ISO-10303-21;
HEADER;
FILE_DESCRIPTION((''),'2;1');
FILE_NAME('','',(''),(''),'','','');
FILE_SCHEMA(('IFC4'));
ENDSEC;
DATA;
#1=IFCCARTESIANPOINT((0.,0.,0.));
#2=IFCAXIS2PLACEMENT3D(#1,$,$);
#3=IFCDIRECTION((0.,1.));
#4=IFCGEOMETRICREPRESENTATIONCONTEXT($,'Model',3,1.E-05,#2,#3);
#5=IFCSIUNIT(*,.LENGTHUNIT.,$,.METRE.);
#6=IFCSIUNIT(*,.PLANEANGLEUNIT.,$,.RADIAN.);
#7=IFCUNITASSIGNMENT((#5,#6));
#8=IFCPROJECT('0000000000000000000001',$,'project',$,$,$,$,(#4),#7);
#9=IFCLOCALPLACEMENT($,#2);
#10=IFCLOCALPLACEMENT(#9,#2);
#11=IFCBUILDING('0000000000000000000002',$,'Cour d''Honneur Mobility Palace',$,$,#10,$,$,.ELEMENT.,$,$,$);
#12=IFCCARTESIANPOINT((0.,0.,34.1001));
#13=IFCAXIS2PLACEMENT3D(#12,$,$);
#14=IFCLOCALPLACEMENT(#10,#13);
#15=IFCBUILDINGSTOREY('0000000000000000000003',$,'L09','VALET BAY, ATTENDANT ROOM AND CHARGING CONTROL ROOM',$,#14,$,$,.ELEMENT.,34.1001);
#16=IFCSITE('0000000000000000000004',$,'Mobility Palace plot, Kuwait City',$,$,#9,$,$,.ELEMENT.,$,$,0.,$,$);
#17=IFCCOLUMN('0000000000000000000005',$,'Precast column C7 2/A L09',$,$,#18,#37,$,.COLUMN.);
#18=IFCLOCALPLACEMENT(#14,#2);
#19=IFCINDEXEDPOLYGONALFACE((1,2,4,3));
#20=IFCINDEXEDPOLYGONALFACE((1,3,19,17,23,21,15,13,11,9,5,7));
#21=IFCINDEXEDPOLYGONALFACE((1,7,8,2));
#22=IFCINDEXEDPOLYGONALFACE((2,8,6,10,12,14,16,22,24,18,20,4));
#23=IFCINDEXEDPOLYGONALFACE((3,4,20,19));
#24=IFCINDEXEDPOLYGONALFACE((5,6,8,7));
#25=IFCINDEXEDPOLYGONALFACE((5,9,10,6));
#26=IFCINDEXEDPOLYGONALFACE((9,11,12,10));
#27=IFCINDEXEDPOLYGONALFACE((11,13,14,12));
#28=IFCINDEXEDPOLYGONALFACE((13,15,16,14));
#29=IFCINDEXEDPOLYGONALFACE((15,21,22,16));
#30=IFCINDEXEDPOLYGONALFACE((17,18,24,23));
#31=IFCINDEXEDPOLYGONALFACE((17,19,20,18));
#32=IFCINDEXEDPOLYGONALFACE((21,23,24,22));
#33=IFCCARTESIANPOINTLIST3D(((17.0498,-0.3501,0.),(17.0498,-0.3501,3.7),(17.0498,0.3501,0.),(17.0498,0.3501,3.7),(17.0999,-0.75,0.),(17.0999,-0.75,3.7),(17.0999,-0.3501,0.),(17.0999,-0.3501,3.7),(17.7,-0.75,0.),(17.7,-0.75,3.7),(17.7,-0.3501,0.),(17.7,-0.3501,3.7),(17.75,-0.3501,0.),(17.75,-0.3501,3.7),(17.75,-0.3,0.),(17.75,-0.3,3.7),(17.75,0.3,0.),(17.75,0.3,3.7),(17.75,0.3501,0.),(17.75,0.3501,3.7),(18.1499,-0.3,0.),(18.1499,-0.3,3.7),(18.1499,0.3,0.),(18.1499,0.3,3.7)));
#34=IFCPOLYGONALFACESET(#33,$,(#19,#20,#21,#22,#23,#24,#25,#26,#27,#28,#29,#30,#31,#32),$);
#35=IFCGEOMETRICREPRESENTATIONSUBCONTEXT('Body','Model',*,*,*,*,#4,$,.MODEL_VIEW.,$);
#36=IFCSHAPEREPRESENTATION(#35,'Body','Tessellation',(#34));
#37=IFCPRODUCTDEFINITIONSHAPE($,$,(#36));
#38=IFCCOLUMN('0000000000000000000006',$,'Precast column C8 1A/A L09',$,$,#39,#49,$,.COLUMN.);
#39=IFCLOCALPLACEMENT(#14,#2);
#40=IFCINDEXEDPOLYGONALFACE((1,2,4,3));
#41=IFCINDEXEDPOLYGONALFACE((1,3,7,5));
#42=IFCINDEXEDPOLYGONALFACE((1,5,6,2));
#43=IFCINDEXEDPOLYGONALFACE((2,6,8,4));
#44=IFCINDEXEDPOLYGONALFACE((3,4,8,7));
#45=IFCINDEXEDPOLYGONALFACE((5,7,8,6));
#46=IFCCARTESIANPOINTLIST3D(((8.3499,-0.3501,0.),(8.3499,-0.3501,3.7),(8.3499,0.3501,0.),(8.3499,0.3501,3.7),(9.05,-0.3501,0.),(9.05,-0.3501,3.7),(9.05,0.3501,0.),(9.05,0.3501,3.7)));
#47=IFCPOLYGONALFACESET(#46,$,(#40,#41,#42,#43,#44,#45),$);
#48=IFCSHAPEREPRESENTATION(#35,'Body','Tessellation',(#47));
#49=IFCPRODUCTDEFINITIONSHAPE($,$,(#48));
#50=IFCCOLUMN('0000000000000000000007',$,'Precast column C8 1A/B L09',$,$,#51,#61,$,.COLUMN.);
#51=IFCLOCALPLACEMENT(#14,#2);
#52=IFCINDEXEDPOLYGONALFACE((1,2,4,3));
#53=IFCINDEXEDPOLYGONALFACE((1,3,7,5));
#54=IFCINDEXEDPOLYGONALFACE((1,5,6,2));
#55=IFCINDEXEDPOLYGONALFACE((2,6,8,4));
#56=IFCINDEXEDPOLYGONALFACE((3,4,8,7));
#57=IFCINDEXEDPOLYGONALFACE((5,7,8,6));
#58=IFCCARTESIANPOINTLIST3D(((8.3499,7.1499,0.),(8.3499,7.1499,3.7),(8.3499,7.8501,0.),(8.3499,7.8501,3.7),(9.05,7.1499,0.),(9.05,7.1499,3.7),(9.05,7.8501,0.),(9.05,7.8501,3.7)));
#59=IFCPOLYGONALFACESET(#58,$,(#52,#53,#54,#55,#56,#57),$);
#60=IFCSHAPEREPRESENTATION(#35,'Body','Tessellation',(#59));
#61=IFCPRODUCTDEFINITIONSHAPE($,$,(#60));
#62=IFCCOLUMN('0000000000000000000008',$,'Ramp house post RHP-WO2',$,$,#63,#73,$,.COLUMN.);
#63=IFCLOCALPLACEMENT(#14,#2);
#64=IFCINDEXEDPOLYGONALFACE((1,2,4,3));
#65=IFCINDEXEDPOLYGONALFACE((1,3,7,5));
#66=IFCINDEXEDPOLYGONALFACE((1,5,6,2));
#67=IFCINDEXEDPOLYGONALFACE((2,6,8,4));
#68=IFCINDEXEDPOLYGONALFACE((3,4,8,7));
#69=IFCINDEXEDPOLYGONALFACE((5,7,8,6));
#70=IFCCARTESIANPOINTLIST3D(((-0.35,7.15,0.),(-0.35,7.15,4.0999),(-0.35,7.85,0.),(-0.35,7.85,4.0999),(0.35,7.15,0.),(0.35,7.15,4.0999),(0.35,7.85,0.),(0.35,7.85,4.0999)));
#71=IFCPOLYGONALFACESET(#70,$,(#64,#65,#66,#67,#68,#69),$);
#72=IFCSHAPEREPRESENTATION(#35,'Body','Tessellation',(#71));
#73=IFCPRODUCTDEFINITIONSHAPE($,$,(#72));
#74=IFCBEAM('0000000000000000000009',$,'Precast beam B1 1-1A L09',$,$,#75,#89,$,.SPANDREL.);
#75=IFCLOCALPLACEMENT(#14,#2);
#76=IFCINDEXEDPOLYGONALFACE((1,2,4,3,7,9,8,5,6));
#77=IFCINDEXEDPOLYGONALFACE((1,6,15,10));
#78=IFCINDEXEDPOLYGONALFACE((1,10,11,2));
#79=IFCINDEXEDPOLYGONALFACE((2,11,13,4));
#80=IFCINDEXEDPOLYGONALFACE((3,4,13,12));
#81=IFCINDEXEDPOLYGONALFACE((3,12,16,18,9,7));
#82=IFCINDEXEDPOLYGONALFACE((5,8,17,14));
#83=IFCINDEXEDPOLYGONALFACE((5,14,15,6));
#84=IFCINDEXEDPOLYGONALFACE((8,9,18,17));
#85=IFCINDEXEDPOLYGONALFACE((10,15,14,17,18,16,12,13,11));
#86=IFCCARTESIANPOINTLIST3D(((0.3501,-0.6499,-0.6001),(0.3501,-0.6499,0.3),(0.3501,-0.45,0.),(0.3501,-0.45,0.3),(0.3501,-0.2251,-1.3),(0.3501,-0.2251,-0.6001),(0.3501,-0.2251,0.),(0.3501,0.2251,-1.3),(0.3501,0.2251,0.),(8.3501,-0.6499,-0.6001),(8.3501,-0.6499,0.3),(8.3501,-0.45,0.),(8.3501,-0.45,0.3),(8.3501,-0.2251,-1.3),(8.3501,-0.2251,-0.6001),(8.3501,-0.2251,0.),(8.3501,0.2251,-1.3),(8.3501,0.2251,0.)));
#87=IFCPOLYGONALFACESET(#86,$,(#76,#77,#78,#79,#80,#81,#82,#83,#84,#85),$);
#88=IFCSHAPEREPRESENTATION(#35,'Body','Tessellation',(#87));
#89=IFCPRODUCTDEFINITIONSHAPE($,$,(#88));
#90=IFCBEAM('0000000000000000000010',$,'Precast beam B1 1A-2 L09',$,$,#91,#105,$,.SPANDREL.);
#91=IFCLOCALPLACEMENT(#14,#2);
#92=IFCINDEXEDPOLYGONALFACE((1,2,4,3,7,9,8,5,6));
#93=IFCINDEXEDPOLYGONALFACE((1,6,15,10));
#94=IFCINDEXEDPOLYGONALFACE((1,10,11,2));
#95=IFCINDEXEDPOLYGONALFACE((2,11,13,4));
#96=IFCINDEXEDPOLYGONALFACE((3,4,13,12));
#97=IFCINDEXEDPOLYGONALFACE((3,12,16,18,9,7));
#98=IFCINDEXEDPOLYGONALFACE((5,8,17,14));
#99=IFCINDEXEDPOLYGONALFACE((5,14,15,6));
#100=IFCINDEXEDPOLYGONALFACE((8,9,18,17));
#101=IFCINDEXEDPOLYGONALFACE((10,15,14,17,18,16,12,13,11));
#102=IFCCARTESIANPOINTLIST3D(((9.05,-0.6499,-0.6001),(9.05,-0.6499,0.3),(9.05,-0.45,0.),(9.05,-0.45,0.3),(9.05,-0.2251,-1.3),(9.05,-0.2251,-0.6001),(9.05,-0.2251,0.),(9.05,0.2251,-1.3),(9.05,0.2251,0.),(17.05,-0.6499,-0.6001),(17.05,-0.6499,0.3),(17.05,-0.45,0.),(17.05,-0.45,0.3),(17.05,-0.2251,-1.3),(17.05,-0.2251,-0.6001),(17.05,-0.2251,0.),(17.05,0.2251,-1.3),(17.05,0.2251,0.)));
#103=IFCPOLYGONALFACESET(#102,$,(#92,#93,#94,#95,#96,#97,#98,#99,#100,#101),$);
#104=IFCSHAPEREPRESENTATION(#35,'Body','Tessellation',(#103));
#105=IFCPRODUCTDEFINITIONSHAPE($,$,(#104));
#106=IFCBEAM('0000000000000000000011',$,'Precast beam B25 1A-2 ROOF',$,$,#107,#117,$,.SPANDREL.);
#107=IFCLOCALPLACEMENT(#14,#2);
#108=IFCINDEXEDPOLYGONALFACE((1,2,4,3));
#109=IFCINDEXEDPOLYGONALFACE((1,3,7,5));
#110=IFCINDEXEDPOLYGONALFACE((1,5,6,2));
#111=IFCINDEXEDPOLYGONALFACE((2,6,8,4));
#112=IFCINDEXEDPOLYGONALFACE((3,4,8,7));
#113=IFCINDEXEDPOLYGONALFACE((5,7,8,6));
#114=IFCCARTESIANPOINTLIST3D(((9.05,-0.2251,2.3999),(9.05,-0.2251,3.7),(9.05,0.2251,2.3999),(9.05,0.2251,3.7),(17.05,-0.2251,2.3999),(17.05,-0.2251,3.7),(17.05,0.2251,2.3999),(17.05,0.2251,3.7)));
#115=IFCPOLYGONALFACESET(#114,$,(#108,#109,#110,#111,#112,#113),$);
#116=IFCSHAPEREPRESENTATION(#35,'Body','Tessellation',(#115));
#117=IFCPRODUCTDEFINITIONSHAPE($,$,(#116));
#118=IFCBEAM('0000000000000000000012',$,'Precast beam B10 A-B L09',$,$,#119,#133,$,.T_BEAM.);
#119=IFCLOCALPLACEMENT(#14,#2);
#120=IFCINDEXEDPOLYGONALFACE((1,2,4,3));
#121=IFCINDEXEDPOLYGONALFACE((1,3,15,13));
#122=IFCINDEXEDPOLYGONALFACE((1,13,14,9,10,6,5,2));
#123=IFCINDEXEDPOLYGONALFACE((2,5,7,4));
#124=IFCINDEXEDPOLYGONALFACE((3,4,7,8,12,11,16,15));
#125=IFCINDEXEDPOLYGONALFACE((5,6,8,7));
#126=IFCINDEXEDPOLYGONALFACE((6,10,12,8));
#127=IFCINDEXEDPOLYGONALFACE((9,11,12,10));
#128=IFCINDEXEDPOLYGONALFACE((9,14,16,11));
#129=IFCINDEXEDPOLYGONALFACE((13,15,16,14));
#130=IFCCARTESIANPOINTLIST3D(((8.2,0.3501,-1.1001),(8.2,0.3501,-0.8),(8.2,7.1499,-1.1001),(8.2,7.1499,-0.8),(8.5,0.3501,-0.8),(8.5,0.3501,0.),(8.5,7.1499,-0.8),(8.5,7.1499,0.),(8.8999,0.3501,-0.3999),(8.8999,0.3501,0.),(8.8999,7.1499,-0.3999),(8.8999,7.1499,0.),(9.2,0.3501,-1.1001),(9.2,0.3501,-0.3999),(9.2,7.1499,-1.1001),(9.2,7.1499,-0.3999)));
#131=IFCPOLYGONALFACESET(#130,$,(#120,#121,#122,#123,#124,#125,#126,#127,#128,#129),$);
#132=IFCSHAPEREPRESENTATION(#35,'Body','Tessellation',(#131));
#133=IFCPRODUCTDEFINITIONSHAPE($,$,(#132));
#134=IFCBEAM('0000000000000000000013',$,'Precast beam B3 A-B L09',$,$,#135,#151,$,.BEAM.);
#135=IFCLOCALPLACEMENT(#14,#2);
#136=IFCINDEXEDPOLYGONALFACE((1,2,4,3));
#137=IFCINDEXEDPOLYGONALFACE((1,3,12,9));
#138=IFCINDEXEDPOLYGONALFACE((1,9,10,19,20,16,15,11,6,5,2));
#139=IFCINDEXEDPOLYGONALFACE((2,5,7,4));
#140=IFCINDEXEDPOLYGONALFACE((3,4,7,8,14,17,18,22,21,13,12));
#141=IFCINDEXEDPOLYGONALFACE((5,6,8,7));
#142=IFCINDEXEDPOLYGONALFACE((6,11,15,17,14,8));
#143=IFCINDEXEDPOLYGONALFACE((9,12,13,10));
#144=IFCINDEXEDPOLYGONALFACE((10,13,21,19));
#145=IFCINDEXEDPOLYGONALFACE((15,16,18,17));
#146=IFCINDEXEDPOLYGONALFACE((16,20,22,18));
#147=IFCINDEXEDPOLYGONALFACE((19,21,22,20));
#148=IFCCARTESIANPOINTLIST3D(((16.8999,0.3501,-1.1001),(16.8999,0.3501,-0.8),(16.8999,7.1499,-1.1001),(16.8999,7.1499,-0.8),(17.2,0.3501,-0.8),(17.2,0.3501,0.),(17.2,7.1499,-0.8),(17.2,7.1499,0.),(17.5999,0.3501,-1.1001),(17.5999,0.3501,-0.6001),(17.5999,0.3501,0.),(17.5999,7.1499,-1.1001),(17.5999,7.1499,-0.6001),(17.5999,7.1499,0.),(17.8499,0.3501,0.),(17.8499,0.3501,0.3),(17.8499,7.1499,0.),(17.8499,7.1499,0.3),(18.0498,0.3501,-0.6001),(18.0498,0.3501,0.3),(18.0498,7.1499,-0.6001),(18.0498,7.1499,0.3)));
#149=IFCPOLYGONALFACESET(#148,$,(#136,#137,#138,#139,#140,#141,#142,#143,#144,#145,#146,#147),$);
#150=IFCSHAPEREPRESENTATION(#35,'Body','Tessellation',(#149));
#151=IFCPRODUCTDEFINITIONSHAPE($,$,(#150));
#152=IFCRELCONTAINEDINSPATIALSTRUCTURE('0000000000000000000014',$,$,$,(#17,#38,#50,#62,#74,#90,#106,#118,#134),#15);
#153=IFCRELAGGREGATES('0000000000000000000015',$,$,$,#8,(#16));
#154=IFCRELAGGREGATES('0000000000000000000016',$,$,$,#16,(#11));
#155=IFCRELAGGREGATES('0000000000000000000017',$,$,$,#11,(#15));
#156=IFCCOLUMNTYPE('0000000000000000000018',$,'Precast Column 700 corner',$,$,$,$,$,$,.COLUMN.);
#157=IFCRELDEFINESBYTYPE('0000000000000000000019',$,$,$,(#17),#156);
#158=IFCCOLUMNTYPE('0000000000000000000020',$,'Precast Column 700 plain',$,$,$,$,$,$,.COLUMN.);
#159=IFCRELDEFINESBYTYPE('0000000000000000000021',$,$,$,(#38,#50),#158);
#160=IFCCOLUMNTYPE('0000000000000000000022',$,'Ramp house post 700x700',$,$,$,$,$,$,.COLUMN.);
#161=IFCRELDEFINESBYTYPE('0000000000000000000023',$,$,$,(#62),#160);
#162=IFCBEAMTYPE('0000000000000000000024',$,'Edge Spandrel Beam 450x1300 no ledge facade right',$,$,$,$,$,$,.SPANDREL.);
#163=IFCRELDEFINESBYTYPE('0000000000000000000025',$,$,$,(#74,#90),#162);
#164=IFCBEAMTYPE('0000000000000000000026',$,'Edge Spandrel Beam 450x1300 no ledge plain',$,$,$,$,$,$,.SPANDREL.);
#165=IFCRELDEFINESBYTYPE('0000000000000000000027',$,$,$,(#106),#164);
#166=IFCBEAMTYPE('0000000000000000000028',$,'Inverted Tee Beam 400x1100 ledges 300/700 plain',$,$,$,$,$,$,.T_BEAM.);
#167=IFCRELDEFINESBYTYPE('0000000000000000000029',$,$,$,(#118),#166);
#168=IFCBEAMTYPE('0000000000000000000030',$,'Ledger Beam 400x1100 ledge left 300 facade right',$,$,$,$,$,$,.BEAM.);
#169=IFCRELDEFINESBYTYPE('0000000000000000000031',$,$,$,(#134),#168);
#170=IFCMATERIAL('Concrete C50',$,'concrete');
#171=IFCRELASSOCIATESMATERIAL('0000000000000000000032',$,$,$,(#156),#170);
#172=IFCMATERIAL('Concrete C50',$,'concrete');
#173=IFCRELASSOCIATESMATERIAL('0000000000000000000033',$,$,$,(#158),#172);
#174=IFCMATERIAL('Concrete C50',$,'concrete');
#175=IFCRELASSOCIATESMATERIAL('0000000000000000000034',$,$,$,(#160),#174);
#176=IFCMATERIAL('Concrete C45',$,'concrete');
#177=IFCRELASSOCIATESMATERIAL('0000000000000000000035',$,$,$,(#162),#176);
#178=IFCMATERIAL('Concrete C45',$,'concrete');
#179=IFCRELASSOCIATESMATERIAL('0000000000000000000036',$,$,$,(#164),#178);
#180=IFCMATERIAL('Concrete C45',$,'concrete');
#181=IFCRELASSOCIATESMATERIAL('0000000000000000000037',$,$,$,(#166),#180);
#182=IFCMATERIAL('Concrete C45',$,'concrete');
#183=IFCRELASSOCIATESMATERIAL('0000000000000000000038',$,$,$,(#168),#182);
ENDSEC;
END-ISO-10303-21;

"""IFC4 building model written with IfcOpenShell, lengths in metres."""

from ifc_helpers import new_model, si_unit, direction, frame, origin, origin_2d, place, context, subcontext, project, spatial, polyline, rectangle, outline, extrude, material, material_profile, profile_set, type_object, element, save


model = new_model("IFC4")

# Units and contexts
model_context = context("Model", 3, precision=1e-05, world=origin(), true_north=direction((0.0, 1.0)))
body_context = subcontext(model_context, "Body", "Model", "MODEL_VIEW")
ifc_project = project(units=[si_unit("LENGTHUNIT", "METRE"), si_unit("PLANEANGLEUNIT", "RADIAN")], contexts=[model_context])

# Site, building, storey
site_placement = place(None, origin())
site = spatial("IfcSite", under=ifc_project, at=site_placement, Name="Mobility Palace plot, Kuwait City", CompositionType="ELEMENT", RefElevation=0.0)
building_placement = place(site_placement, origin())
building = spatial("IfcBuilding", under=site, at=building_placement, Name="Cour d'Honneur Mobility Palace", CompositionType="ELEMENT")
storey_placement = place(building_placement, frame((0.0, 0.0, 34.1001)))
storey = spatial("IfcBuildingStorey", under=building, at=storey_placement, Name="L09", Description="VALET BAY, ATTENDANT ROOM AND CHARGING CONTROL ROOM", CompositionType="ELEMENT", Elevation=34.1001)

# Columns
ifc_material_1 = material(Name="Concrete C50", Category="concrete")
ifc_material_profile_1 = material_profile(ifc_material_1, outline(polyline([(-0.3501, -0.3501), (0.3501, -0.3501), (0.3501, -0.3), (0.75, -0.3), (0.75, 0.3), (0.3501, 0.3), (0.3501, 0.3501), (0.3, 0.3501), (0.3, 0.75), (-0.3, 0.75), (-0.3, 0.3501), (-0.3501, 0.3501), (-0.3501, -0.3501)])), Name="PC C700 corner")
ifc_profile_set_1 = profile_set([ifc_material_profile_1], Name="Concrete C50")
column_type_1 = type_object("IfcColumnType", Name="Precast Column 700 corner", PredefinedType="COLUMN", material=ifc_profile_set_1)
column_1_placement = place(storey_placement, frame((17.3999, 0.0, 0.0), z_axis=(0.0, 0.0, 1.0), x_axis=(0.0, -1.0, 0.0)))
element("IfcColumn", 1, at=column_1_placement, inside=storey, type_object=column_type_1, Name="Precast column C7 2/A L09", PredefinedType="COLUMN", context=body_context, shape_type="SweptSolid", body=[
    extrude(outline(polyline([(-0.3501, -0.3501), (0.3501, -0.3501), (0.3501, -0.3), (0.75, -0.3), (0.75, 0.3), (0.3501, 0.3), (0.3501, 0.3501), (0.3, 0.3501), (0.3, 0.75), (-0.3, 0.75), (-0.3, 0.3501), (-0.3501, 0.3501), (-0.3501, -0.3501)])), origin(), (0.0, 0.0, 1.0), 3.7),
])
ifc_material_2 = material(Name="Concrete C50", Category="concrete")
ifc_material_profile_2 = material_profile(ifc_material_2, outline(polyline([(-0.3501, -0.3501), (0.3501, -0.3501), (0.3501, 0.3501), (-0.3501, 0.3501), (-0.3501, -0.3501)])), Name="PC C700 plain")
ifc_profile_set_2 = profile_set([ifc_material_profile_2], Name="Concrete C50")
column_type_2 = type_object("IfcColumnType", Name="Precast Column 700 plain", PredefinedType="COLUMN", material=ifc_profile_set_2)
for number, where, z_axis, x_axis, name in (
    (2, (8.7, 0.0, 0.0), (0.0, 0.0, 1.0), (1.0, 0.0, 0.0), "Precast column C8 1A/A L09"),
    (3, (8.7, 7.5, 0.0), (0.0, 0.0, 1.0), (1.0, 0.0, 0.0), "Precast column C8 1A/B L09"),
):
    element("IfcColumn", number, at=place(storey_placement, frame(where, z_axis=z_axis, x_axis=x_axis)), inside=storey, type_object=column_type_2, Name=name, PredefinedType="COLUMN", context=body_context, shape_type="SweptSolid", body=[
        extrude(outline(polyline([(-0.3501, -0.3501), (0.3501, -0.3501), (0.3501, 0.3501), (-0.3501, 0.3501), (-0.3501, -0.3501)])), origin(), (0.0, 0.0, 1.0), 3.7),
    ])
ifc_material_3 = material(Name="Concrete C50", Category="concrete")
ifc_material_profile_3 = material_profile(ifc_material_3, rectangle(XDim=0.7, YDim=0.7, at=origin_2d()), Name="Ramp house post 700x700")
ifc_profile_set_3 = profile_set([ifc_material_profile_3], Name="Concrete C50")
column_type_3 = type_object("IfcColumnType", Name="Ramp house post 700x700", PredefinedType="COLUMN", material=ifc_profile_set_3)
column_2_placement = place(storey_placement, frame((0.0, 7.5, 0.0), z_axis=(0.0, 0.0, 1.0), x_axis=(1.0, 0.0, 0.0)))
element("IfcColumn", 4, at=column_2_placement, inside=storey, type_object=column_type_3, Name="Ramp house post RHP-WO2", PredefinedType="COLUMN", context=body_context, shape_type="SweptSolid", body=[
    extrude(rectangle(XDim=0.7, YDim=0.7, at=origin_2d()), origin(), (0.0, 0.0, 1.0), 4.0999),
])

# Beams
ifc_material_4 = material(Name="Concrete C45", Category="concrete")
ifc_material_profile_4 = material_profile(ifc_material_4, outline(polyline([(0.2251, -1.3), (0.2251, 0.0), (-0.2251, 0.0), (-0.45, 0.0), (-0.45, 0.3), (-0.6499, 0.3), (-0.6499, -0.6001), (-0.2251, -0.6001), (-0.2251, -1.3), (0.2251, -1.3)])), Name="Edge Spandrel Beam 450x1300 no ledge facade right")
ifc_profile_set_4 = profile_set([ifc_material_profile_4], Name="Concrete C45")
beam_type_1 = type_object("IfcBeamType", Name="Edge Spandrel Beam 450x1300 no ledge facade right", PredefinedType="SPANDREL", material=ifc_profile_set_4)
for number, where, z_axis, x_axis, name in (
    (5, (0.3501, 0.0, 0.0), (1.0, 0.0, 0.0), (0.0, 1.0, 0.0), "Precast beam B1 1-1A L09"),
    (6, (9.05, 0.0, 0.0), (1.0, 0.0, 0.0), (0.0, 1.0, 0.0), "Precast beam B1 1A-2 L09"),
):
    element("IfcBeam", number, at=place(storey_placement, frame(where, z_axis=z_axis, x_axis=x_axis)), inside=storey, type_object=beam_type_1, Name=name, PredefinedType="SPANDREL", context=body_context, shape_type="SweptSolid", body=[
        extrude(outline(polyline([(0.2251, -1.3), (0.2251, 0.0), (-0.2251, 0.0), (-0.45, 0.0), (-0.45, 0.3), (-0.6499, 0.3), (-0.6499, -0.6001), (-0.2251, -0.6001), (-0.2251, -1.3), (0.2251, -1.3)])), origin(), (0.0, 0.0, 1.0), 8.0),
    ])
ifc_material_5 = material(Name="Concrete C45", Category="concrete")
ifc_material_profile_5 = material_profile(ifc_material_5, outline(polyline([(0.2251, -1.3), (0.2251, 0.0), (-0.2251, 0.0), (-0.2251, -1.3), (0.2251, -1.3)])), Name="Edge Spandrel Beam 450x1300 no ledge plain")
ifc_profile_set_5 = profile_set([ifc_material_profile_5], Name="Concrete C45")
beam_type_2 = type_object("IfcBeamType", Name="Edge Spandrel Beam 450x1300 no ledge plain", PredefinedType="SPANDREL", material=ifc_profile_set_5)
beam_1_placement = place(storey_placement, frame((9.05, 0.0, 3.7), z_axis=(1.0, 0.0, 0.0), x_axis=(0.0, 1.0, 0.0)))
element("IfcBeam", 7, at=beam_1_placement, inside=storey, type_object=beam_type_2, Name="Precast beam B25 1A-2 ROOF", PredefinedType="SPANDREL", context=body_context, shape_type="SweptSolid", body=[
    extrude(outline(polyline([(0.2251, -1.3), (0.2251, 0.0), (-0.2251, 0.0), (-0.2251, -1.3), (0.2251, -1.3)])), origin(), (0.0, 0.0, 1.0), 8.0),
])
ifc_material_6 = material(Name="Concrete C45", Category="concrete")
ifc_material_profile_6 = material_profile(ifc_material_6, outline(polyline([(0.5, -1.1001), (0.5, -0.8), (0.2, -0.8), (0.2, 0.0), (-0.2, 0.0), (-0.2, -0.3999), (-0.5, -0.3999), (-0.5, -1.1001), (0.5, -1.1001)])), Name="Inverted Tee Beam 400x1100 ledges 300/700 plain")
ifc_profile_set_6 = profile_set([ifc_material_profile_6], Name="Concrete C45")
beam_type_3 = type_object("IfcBeamType", Name="Inverted Tee Beam 400x1100 ledges 300/700 plain", PredefinedType="T_BEAM", material=ifc_profile_set_6)
beam_2_placement = place(storey_placement, frame((8.7, 0.3501, 0.0), z_axis=(0.0, 1.0, 0.0), x_axis=(-1.0, 0.0, 0.0)))
element("IfcBeam", 8, at=beam_2_placement, inside=storey, type_object=beam_type_3, Name="Precast beam B10 A-B L09", PredefinedType="T_BEAM", context=body_context, shape_type="SweptSolid", body=[
    extrude(outline(polyline([(0.5, -1.1001), (0.5, -0.8), (0.2, -0.8), (0.2, 0.0), (-0.2, 0.0), (-0.2, -0.3999), (-0.5, -0.3999), (-0.5, -1.1001), (0.5, -1.1001)])), origin(), (0.0, 0.0, 1.0), 6.7998),
])
ifc_material_7 = material(Name="Concrete C45", Category="concrete")
ifc_material_profile_7 = material_profile(ifc_material_7, outline(polyline([(0.5, -1.1001), (0.5, -0.8), (0.2, -0.8), (0.2, 0.0), (-0.2, 0.0), (-0.45, 0.0), (-0.45, 0.3), (-0.6499, 0.3), (-0.6499, -0.6001), (-0.2, -0.6001), (-0.2, -1.1001), (0.5, -1.1001)])), Name="Ledger Beam 400x1100 ledge left 300 facade right")
ifc_profile_set_7 = profile_set([ifc_material_profile_7], Name="Concrete C45")
beam_type_4 = type_object("IfcBeamType", Name="Ledger Beam 400x1100 ledge left 300 facade right", PredefinedType="BEAM", material=ifc_profile_set_7)
beam_3_placement = place(storey_placement, frame((17.3999, 0.3501, 0.0), z_axis=(0.0, 1.0, 0.0), x_axis=(-1.0, 0.0, 0.0)))
element("IfcBeam", 9, at=beam_3_placement, inside=storey, type_object=beam_type_4, Name="Precast beam B3 A-B L09", PredefinedType="BEAM", context=body_context, shape_type="SweptSolid", body=[
    extrude(outline(polyline([(0.5, -1.1001), (0.5, -0.8), (0.2, -0.8), (0.2, 0.0), (-0.2, 0.0), (-0.45, 0.0), (-0.45, 0.3), (-0.6499, 0.3), (-0.6499, -0.6001), (-0.2, -0.6001), (-0.2, -1.1001), (0.5, -1.1001)])), origin(), (0.0, 0.0, 1.0), 6.7998),
])

save(model, "model.ifc")
